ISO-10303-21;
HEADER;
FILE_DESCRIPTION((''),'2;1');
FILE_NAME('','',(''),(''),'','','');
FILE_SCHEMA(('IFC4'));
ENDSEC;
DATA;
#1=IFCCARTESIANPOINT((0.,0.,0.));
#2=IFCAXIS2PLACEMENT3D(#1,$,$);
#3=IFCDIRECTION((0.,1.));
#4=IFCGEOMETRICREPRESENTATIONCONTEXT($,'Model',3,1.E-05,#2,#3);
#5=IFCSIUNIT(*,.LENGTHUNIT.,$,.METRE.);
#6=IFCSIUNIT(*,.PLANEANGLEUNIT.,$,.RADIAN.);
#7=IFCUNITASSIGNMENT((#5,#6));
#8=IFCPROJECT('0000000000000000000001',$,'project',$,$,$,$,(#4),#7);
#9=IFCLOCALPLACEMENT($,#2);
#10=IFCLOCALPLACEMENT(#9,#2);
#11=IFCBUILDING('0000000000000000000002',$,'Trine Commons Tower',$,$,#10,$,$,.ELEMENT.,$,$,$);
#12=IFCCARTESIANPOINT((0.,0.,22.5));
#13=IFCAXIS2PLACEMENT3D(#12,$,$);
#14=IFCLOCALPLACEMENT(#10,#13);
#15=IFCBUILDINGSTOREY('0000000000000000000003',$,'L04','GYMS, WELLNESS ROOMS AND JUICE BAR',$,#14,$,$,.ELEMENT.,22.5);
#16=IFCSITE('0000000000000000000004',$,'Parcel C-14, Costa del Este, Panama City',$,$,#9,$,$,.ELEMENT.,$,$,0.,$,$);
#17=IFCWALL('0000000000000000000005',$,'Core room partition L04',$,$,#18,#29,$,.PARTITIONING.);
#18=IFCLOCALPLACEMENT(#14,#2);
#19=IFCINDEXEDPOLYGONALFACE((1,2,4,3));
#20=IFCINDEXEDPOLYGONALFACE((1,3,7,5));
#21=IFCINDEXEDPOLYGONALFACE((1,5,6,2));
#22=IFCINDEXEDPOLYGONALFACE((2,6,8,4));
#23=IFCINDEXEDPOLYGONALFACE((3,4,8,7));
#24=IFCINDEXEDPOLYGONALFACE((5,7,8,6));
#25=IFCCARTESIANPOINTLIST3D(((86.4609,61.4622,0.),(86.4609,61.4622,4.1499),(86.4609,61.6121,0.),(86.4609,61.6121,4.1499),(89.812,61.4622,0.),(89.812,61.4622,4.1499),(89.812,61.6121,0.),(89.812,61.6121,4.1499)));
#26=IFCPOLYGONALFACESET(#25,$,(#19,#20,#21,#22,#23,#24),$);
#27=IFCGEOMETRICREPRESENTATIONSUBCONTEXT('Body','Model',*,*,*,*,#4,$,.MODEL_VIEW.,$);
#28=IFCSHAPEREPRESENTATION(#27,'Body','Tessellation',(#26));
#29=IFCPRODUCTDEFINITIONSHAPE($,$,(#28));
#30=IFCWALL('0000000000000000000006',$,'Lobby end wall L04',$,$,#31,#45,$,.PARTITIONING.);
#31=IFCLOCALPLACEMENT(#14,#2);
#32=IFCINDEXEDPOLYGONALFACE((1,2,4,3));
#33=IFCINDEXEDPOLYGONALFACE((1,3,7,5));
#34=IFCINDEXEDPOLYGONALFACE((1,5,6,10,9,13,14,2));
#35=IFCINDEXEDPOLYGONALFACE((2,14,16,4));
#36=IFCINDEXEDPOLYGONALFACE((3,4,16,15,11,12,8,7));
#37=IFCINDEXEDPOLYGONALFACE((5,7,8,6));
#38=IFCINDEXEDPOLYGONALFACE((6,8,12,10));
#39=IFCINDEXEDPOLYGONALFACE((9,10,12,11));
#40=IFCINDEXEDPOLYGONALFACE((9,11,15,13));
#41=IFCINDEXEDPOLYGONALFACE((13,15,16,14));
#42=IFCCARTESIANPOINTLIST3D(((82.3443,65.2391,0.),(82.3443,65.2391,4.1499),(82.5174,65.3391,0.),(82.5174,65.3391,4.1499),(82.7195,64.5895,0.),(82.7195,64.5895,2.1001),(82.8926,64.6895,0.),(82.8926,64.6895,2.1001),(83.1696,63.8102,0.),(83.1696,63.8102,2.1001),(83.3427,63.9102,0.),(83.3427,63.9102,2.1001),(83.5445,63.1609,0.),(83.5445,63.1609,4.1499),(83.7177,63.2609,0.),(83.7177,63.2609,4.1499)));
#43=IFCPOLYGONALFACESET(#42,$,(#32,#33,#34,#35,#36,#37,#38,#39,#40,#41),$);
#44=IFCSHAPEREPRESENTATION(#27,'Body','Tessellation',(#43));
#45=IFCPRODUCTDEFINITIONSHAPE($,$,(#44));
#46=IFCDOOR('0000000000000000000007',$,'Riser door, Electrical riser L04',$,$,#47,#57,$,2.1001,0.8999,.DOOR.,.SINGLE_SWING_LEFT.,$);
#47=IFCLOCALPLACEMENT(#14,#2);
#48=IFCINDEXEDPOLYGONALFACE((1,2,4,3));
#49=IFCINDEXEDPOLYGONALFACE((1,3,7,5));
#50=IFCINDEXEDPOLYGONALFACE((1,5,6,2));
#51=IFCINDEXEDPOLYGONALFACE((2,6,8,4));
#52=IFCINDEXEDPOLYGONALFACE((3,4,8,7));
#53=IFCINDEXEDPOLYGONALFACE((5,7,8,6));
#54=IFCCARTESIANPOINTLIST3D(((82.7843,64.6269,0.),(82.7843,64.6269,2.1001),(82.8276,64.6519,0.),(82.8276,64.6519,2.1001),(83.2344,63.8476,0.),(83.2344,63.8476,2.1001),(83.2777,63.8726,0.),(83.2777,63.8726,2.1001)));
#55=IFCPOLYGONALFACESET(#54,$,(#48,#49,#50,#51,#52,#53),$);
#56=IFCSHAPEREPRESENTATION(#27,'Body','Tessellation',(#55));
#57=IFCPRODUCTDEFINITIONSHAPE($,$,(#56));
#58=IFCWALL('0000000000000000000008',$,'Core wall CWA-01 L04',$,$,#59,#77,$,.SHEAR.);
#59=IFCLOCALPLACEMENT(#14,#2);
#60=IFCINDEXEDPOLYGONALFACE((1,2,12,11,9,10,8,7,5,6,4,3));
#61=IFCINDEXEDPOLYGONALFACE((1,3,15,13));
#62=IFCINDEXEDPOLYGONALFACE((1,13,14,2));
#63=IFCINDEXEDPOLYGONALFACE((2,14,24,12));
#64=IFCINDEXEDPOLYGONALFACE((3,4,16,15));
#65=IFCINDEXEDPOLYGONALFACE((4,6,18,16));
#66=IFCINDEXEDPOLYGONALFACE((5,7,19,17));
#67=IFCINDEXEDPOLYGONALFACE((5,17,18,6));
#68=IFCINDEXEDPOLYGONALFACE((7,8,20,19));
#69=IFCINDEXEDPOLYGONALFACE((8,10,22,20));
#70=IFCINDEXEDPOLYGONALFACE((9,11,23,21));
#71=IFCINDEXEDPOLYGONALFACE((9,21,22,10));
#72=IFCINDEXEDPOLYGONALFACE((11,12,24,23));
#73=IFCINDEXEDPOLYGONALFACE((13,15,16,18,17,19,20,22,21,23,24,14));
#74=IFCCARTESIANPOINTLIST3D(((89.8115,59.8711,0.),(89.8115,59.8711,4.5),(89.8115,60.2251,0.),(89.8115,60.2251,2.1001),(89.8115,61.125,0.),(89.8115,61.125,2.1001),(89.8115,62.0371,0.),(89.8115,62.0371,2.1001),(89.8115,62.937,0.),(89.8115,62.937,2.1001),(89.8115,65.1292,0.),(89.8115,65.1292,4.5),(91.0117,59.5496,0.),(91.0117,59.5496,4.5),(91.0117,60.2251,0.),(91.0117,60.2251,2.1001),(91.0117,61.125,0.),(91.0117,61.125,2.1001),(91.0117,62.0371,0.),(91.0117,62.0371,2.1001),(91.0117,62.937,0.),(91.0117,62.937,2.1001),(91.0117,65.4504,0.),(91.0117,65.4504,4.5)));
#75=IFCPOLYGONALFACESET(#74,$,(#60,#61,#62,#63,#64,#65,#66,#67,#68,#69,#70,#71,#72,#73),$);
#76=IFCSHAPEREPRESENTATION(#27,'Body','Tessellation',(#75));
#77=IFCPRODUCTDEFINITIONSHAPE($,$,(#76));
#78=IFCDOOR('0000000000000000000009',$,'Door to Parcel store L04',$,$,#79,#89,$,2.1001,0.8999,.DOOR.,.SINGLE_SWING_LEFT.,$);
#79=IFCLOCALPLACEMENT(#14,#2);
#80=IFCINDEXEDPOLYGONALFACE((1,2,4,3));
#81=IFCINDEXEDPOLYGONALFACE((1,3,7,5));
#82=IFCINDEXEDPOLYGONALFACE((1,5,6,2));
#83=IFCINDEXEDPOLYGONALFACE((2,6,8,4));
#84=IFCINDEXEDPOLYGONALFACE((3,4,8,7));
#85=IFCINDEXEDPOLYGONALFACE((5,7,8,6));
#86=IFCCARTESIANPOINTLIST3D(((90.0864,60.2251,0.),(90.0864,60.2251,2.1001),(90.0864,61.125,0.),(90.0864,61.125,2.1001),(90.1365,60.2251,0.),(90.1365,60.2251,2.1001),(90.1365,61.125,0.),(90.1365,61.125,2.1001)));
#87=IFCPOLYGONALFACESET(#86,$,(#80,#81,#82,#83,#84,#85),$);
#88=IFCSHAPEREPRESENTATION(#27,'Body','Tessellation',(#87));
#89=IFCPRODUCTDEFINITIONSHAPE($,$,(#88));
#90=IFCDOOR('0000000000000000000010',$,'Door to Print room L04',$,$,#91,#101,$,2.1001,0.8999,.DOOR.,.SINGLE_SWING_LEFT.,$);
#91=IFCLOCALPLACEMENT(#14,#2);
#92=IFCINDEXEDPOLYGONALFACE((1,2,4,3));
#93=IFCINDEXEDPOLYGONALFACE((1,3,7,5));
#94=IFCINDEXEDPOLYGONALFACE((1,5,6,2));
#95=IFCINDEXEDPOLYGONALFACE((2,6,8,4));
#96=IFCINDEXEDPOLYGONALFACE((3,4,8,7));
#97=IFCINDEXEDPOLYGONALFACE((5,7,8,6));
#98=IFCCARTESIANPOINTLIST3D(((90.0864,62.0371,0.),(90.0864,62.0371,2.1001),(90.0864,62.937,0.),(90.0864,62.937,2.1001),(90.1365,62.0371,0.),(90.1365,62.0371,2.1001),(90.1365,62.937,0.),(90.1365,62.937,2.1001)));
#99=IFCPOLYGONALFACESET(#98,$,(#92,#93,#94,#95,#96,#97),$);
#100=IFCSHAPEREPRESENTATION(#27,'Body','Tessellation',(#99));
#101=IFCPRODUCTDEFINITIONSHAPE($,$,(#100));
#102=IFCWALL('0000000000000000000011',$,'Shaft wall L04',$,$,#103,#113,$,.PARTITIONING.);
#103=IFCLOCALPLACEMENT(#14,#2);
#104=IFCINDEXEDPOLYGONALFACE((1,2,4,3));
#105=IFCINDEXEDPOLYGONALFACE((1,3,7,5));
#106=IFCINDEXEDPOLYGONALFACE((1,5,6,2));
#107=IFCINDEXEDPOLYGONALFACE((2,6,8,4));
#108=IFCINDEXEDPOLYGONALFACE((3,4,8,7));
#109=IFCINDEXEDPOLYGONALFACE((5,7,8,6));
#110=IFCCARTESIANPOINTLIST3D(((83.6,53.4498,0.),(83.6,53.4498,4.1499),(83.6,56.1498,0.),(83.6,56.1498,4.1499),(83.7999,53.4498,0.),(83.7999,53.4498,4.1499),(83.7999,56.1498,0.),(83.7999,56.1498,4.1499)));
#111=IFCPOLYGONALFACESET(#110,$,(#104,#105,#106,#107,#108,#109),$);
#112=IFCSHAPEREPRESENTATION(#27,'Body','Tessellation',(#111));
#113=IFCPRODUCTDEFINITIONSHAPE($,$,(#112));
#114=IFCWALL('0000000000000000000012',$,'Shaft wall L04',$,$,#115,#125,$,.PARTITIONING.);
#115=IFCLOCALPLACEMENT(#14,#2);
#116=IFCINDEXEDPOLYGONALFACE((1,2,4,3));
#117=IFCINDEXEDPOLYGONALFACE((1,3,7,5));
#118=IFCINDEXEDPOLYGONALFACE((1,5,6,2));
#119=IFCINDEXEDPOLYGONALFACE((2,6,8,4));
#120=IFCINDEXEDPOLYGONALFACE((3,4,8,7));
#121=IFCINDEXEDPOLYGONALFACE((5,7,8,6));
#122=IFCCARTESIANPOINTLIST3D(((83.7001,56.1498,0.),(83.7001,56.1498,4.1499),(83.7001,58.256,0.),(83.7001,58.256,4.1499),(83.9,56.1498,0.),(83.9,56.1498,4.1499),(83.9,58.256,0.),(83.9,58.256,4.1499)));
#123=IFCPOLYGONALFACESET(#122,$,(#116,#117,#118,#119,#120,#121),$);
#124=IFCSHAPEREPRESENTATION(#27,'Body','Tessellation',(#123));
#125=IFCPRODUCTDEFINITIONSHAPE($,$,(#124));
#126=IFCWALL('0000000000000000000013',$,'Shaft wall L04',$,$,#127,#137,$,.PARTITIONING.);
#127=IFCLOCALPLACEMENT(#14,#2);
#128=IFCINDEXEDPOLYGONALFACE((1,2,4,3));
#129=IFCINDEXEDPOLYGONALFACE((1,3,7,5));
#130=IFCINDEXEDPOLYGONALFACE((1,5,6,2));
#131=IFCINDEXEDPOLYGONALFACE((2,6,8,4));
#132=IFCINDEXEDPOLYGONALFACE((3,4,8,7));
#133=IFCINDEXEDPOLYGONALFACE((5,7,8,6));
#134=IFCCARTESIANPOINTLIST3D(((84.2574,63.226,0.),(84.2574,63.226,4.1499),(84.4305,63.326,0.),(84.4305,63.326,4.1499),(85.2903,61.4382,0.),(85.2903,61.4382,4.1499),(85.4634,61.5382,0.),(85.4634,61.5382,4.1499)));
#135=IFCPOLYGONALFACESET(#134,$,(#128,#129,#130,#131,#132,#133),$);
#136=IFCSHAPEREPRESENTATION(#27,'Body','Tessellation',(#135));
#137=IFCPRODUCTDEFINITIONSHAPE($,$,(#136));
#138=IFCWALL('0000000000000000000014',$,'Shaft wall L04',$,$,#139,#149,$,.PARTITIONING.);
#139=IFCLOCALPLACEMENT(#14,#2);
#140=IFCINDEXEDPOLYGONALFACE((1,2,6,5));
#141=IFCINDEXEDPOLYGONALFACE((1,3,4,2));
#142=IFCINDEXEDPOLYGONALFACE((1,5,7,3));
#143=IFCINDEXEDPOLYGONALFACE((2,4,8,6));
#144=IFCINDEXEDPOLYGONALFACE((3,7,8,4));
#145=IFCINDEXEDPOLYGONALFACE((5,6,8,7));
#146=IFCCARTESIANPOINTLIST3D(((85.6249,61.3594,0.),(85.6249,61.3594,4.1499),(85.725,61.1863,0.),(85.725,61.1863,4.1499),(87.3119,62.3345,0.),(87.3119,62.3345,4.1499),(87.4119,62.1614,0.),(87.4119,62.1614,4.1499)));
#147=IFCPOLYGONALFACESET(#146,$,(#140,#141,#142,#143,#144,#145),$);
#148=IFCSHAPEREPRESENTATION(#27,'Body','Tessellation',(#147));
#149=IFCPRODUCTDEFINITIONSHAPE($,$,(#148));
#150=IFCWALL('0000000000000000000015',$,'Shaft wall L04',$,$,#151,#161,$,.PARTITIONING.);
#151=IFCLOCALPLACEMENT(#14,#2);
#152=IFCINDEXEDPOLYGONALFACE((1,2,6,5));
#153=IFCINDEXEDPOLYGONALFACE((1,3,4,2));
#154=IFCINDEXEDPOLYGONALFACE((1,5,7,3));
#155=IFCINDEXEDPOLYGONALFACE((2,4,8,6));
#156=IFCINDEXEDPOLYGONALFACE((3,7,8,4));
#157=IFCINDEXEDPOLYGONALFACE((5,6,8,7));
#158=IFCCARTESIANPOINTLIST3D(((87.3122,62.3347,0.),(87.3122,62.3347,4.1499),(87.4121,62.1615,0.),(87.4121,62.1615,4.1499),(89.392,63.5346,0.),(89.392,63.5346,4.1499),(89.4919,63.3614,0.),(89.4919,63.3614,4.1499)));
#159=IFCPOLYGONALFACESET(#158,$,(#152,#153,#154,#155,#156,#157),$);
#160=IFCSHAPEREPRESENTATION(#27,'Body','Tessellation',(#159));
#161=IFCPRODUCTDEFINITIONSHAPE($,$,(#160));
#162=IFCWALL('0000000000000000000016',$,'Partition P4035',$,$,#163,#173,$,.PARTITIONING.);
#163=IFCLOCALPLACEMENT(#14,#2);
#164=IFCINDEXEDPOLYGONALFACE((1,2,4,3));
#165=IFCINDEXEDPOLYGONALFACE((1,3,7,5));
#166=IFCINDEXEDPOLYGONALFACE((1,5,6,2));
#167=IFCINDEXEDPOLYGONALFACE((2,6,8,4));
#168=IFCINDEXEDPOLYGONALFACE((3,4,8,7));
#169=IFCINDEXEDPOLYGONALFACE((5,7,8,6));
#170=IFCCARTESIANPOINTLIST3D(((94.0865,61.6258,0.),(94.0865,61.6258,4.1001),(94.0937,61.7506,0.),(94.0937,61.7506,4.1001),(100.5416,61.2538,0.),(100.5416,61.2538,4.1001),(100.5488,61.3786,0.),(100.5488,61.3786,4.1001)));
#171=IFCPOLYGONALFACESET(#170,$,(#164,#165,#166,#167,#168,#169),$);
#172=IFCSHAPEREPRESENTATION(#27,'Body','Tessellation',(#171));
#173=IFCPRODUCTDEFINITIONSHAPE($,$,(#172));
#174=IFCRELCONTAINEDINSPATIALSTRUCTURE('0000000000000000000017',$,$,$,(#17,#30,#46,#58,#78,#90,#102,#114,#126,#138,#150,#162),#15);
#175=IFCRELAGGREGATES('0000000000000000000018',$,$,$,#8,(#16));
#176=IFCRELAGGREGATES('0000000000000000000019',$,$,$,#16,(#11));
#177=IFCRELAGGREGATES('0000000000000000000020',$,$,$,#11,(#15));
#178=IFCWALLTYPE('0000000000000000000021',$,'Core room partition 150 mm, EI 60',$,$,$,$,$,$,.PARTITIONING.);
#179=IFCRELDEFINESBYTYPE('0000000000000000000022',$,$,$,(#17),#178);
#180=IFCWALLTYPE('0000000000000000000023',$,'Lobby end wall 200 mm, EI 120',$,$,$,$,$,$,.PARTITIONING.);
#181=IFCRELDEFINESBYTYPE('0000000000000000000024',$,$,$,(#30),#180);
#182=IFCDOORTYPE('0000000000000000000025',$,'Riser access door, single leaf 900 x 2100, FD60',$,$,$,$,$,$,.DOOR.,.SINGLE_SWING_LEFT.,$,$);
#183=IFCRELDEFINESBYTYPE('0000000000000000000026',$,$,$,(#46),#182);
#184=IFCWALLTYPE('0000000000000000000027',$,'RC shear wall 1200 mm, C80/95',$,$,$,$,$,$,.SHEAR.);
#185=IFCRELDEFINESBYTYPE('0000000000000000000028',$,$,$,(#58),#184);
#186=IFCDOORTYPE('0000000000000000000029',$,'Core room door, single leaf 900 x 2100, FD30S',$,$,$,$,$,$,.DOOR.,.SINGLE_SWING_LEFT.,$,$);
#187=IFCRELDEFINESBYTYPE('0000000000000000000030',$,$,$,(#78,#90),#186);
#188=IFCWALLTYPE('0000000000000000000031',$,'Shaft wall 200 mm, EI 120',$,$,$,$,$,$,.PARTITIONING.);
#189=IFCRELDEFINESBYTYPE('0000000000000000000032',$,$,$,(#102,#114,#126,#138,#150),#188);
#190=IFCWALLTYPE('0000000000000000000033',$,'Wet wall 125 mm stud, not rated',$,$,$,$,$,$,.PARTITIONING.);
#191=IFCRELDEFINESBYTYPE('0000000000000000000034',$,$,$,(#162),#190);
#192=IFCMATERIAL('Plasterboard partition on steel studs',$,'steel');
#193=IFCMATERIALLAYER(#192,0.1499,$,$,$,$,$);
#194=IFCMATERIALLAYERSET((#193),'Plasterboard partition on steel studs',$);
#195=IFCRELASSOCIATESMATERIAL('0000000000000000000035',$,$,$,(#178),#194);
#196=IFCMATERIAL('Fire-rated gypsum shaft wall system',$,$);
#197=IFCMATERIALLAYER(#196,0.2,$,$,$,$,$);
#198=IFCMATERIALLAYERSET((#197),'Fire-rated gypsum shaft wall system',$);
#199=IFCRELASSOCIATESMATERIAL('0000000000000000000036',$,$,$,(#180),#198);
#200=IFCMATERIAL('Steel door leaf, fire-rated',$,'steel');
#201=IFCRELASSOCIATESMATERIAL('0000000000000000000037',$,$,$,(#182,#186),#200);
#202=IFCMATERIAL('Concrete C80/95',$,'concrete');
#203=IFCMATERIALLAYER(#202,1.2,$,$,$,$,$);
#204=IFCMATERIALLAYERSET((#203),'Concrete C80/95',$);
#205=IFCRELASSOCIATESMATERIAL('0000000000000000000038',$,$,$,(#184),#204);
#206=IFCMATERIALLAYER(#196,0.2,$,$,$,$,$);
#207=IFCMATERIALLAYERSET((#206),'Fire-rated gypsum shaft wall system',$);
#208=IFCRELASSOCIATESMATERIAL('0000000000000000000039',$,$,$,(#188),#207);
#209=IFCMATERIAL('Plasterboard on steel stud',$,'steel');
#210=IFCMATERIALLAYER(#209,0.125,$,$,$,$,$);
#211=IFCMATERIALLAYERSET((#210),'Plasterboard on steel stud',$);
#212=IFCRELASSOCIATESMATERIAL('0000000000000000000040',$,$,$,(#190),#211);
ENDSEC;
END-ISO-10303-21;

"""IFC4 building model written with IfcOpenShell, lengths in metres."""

from ifc_helpers import new_model, si_unit, direction, frame, frame_2d, origin, place, context, subcontext, project, spatial, polyline, rectangle, outline, extrude, material, layer, layer_set, type_object, element, fill, save


model = new_model("IFC4")

# Units and contexts
model_context = context("Model", 3, precision=1e-05, world=origin(), true_north=direction((0.0, 1.0)))
body_context = subcontext(model_context, "Body", "Model", "MODEL_VIEW")
ifc_project = project(units=[si_unit("LENGTHUNIT", "METRE"), si_unit("PLANEANGLEUNIT", "RADIAN")], contexts=[model_context])

# Site, building, storey
site_placement = place(None, origin())
site = spatial("IfcSite", under=ifc_project, at=site_placement, Name="Parcel C-14, Costa del Este, Panama City", CompositionType="ELEMENT", RefElevation=0.0)
building_placement = place(site_placement, origin())
building = spatial("IfcBuilding", under=site, at=building_placement, Name="Trine Commons Tower", CompositionType="ELEMENT")
storey_placement = place(building_placement, frame((0.0, 0.0, 22.5)))
storey = spatial("IfcBuildingStorey", under=building, at=storey_placement, Name="L04", Description="GYMS, WELLNESS ROOMS AND JUICE BAR", CompositionType="ELEMENT", Elevation=22.5)

# Shared definitions
ifc_material_1 = material(Name="Concrete C80/95", Category="concrete")

# Shared definitions
ifc_material_2 = material(Name="Plasterboard on steel stud", Category="steel")

# Wall
ifc_material_3 = material(Name="Plasterboard partition on steel studs", Category="steel")
ifc_layer_1 = layer(ifc_material_3, 0.1499)
ifc_layer_set_1 = layer_set([ifc_layer_1], Name="Plasterboard partition on steel studs")
wall_type_1 = type_object("IfcWallType", Name="Core room partition 150 mm, EI 60", PredefinedType="PARTITIONING", material=ifc_layer_set_1)
wall_1_placement = place(storey_placement, frame((89.812, 61.5371, 0.0), z_axis=(0.0, 0.0, 1.0), x_axis=(-1.0, 0.0, 0.0)))
element("IfcWall", 1, at=wall_1_placement, inside=storey, type_object=wall_type_1, Name="Core room partition L04", PredefinedType="PARTITIONING", context=body_context, shape_type="SweptSolid", body=[
    extrude(rectangle(XDim=3.3511, YDim=0.1499, at=frame_2d((1.6755, 0.0))), origin(), (0.0, 0.0, 1.0), 4.1499),
])

# Wall, opening, door
ifc_material_4 = material(Name="Fire-rated gypsum shaft wall system")
ifc_layer_2 = layer(ifc_material_4, 0.2)
ifc_layer_set_2 = layer_set([ifc_layer_2], Name="Fire-rated gypsum shaft wall system")
wall_type_2 = type_object("IfcWallType", Name="Lobby end wall 200 mm, EI 120", PredefinedType="PARTITIONING", material=ifc_layer_set_2)
wall_2_placement = place(storey_placement, frame((83.6311, 63.2109, 0.0), z_axis=(0.0, 0.0, 1.0), x_axis=(-0.500122, 0.865955, 0.0)))
wall_2 = element("IfcWall", 2, at=wall_2_placement, inside=storey, type_object=wall_type_2, Name="Lobby end wall L04", PredefinedType="PARTITIONING", context=body_context, shape_type="SweptSolid", body=[
    extrude(rectangle(XDim=2.3999, YDim=0.2, at=frame_2d((1.2, 0.0))), origin(), (0.0, 0.0, 1.0), 4.1499),
])
opening_1_placement = place(wall_2_placement, frame((0.7498, 0.0, 0.0)))
opening_1 = element("IfcOpeningElement", 3, at=opening_1_placement, cuts=wall_2, PredefinedType="OPENING", context=body_context, shape_type="SweptSolid", body=[
    extrude(rectangle(XDim=0.8999, YDim=2.1001, at=frame_2d((0.45, 1.05))), frame((0.0, 0.1099, 0.0), z_axis=(0.0, -1.0, 0.0), x_axis=(1.0, 0.0, 0.0)), (0.0, 0.0, 1.0), 0.22),
])
ifc_material_5 = material(Name="Steel door leaf, fire-rated", Category="steel")
door_type_1 = type_object("IfcDoorType", Name="Riser access door, single leaf 900 x 2100, FD60", OperationType="SINGLE_SWING_LEFT", PredefinedType="DOOR", material=ifc_material_5)
door_1_placement = place(opening_1_placement, frame((0.8999, 0.0, 0.0), z_axis=(0.0, 0.0, 1.0), x_axis=(-1.0, 0.0, 0.0)))
door_1 = element("IfcDoor", 4, at=door_1_placement, inside=storey, type_object=door_type_1, Name="Riser door, Electrical riser L04", OperationType="SINGLE_SWING_LEFT", OverallHeight=2.1001, OverallWidth=0.8999, PredefinedType="DOOR", context=body_context, shape_type="SweptSolid", body=[
    extrude(rectangle(XDim=0.8999, YDim=2.1001, at=frame_2d((0.45, 1.05))), frame((0.0, 0.0249, 0.0), z_axis=(0.0, -1.0, 0.0), x_axis=(1.0, 0.0, 0.0)), (0.0, 0.0, 1.0), 0.05),
])
fill(opening_1, door_1)

# Wall, openings, doors
ifc_layer_3 = layer(ifc_material_1, 1.2)
ifc_layer_set_3 = layer_set([ifc_layer_3], Name="Concrete C80/95")
wall_type_3 = type_object("IfcWallType", Name="RC shear wall 1200 mm, C80/95", PredefinedType="SHEAR", material=ifc_layer_set_3)
wall_3_placement = place(storey_placement, frame((90.4116, 59.5496, 0.0), z_axis=(0.0, 0.0, 1.0), x_axis=(0.0, 1.0, 0.0)))
wall_3 = element("IfcWall", 5, at=wall_3_placement, inside=storey, type_object=wall_type_3, Name="Core wall CWA-01 L04", PredefinedType="SHEAR", context=body_context, shape_type="SweptSolid", body=[
    extrude(outline(polyline([(0.0, -0.6001), (5.9009, -0.6001), (5.5796, 0.6001), (0.3215, 0.6001), (0.0, -0.6001)])), origin(), (0.0, 0.0, 1.0), 4.5),
])
opening_2_placement = place(wall_3_placement, frame((0.6755, 0.0, 0.0)))
opening_2 = element("IfcOpeningElement", 6, at=opening_2_placement, cuts=wall_3, PredefinedType="OPENING", context=body_context, shape_type="SweptSolid", body=[
    extrude(rectangle(XDim=0.8999, YDim=2.1001, at=frame_2d((0.45, 1.05))), frame((0.0, 0.6099, 0.0), z_axis=(0.0, -1.0, 0.0), x_axis=(1.0, 0.0, 0.0)), (0.0, 0.0, 1.0), 1.22),
])
opening_3_placement = place(wall_3_placement, frame((2.4875, 0.0, 0.0)))
opening_3 = element("IfcOpeningElement", 7, at=opening_3_placement, cuts=wall_3, PredefinedType="OPENING", context=body_context, shape_type="SweptSolid", body=[
    extrude(rectangle(XDim=0.8999, YDim=2.1001, at=frame_2d((0.45, 1.05))), frame((0.0, 0.6099, 0.0), z_axis=(0.0, -1.0, 0.0), x_axis=(1.0, 0.0, 0.0)), (0.0, 0.0, 1.0), 1.22),
])
door_type_2 = type_object("IfcDoorType", Name="Core room door, single leaf 900 x 2100, FD30S", OperationType="SINGLE_SWING_LEFT", PredefinedType="DOOR", material=ifc_material_5)
door_2_placement = place(opening_2_placement, origin())
door_2 = element("IfcDoor", 8, at=door_2_placement, inside=storey, type_object=door_type_2, Name="Door to Parcel store L04", OperationType="SINGLE_SWING_LEFT", OverallHeight=2.1001, OverallWidth=0.8999, PredefinedType="DOOR", context=body_context, shape_type="SweptSolid", body=[
    extrude(rectangle(XDim=0.8999, YDim=2.1001, at=frame_2d((0.45, 1.05))), frame((0.0, 0.3252, 0.0), z_axis=(0.0, -1.0, 0.0), x_axis=(1.0, 0.0, 0.0)), (0.0, 0.0, 1.0), 0.05),
])
fill(opening_2, door_2)
door_3_placement = place(opening_3_placement, origin())
door_3 = element("IfcDoor", 9, at=door_3_placement, inside=storey, type_object=door_type_2, Name="Door to Print room L04", OperationType="SINGLE_SWING_LEFT", OverallHeight=2.1001, OverallWidth=0.8999, PredefinedType="DOOR", context=body_context, shape_type="SweptSolid", body=[
    extrude(rectangle(XDim=0.8999, YDim=2.1001, at=frame_2d((0.45, 1.05))), frame((0.0, 0.3252, 0.0), z_axis=(0.0, -1.0, 0.0), x_axis=(1.0, 0.0, 0.0)), (0.0, 0.0, 1.0), 0.05),
])
fill(opening_3, door_3)

# Walls
ifc_layer_4 = layer(ifc_material_4, 0.2)
ifc_layer_set_4 = layer_set([ifc_layer_4], Name="Fire-rated gypsum shaft wall system")
wall_type_4 = type_object("IfcWallType", Name="Shaft wall 200 mm, EI 120", PredefinedType="PARTITIONING", material=ifc_layer_set_4)
wall_4_placement = place(storey_placement, frame((83.7, 56.1499, 0.0), z_axis=(0.0, 0.0, 1.0), x_axis=(0.0, -1.0, 0.0)))
element("IfcWall", 10, at=wall_4_placement, inside=storey, type_object=wall_type_4, Name="Shaft wall L04", PredefinedType="PARTITIONING", context=body_context, shape_type="SweptSolid", body=[
    extrude(rectangle(XDim=2.7, YDim=0.2, at=frame_2d((1.3501, 0.0))), origin(), (0.0, 0.0, 1.0), 4.1499),
])
wall_5_placement = place(storey_placement, frame((83.8, 58.2561, 0.0), z_axis=(0.0, 0.0, 1.0), x_axis=(0.0, -1.0, 0.0)))
element("IfcWall", 11, at=wall_5_placement, inside=storey, type_object=wall_type_4, Name="Shaft wall L04", PredefinedType="PARTITIONING", context=body_context, shape_type="SweptSolid", body=[
    extrude(rectangle(XDim=2.1062, YDim=0.2, at=frame_2d((1.0532, 0.0))), origin(), (0.0, 0.0, 1.0), 4.1499),
])
wall_6_placement = place(storey_placement, frame((84.344, 63.2759, 0.0), z_axis=(0.0, 0.0, 1.0), x_axis=(0.500272, -0.865868, 0.0)))
element("IfcWall", 12, at=wall_6_placement, inside=storey, type_object=wall_type_4, Name="Shaft wall L04", PredefinedType="PARTITIONING", context=body_context, shape_type="SweptSolid", body=[
    extrude(rectangle(XDim=2.0647, YDim=0.2, at=frame_2d((1.0322, 0.0))), origin(), (0.0, 0.0, 1.0), 4.1499),
])
wall_7_placement = place(storey_placement, frame((85.675, 61.2729, 0.0), z_axis=(0.0, 0.0, 1.0), x_axis=(0.865781, 0.500424, 0.0)))
element("IfcWall", 13, at=wall_7_placement, inside=storey, type_object=wall_type_4, Name="Shaft wall L04", PredefinedType="PARTITIONING", context=body_context, shape_type="SweptSolid", body=[
    extrude(rectangle(XDim=1.9485, YDim=0.2, at=frame_2d((0.9741, 0.0))), origin(), (0.0, 0.0, 1.0), 4.1499),
])
wall_8_placement = place(storey_placement, frame((87.3621, 62.248, 0.0), z_axis=(0.0, 0.0, 1.0), x_axis=(0.866177, 0.499737, 0.0)))
element("IfcWall", 14, at=wall_8_placement, inside=storey, type_object=wall_type_4, Name="Shaft wall L04", PredefinedType="PARTITIONING", context=body_context, shape_type="SweptSolid", body=[
    extrude(rectangle(XDim=2.4011, YDim=0.2, at=frame_2d((1.2007, 0.0))), origin(), (0.0, 0.0, 1.0), 4.1499),
])
ifc_layer_5 = layer(ifc_material_2, 0.125)
ifc_layer_set_5 = layer_set([ifc_layer_5], Name="Plasterboard on steel stud")
wall_type_5 = type_object("IfcWallType", Name="Wet wall 125 mm stud, not rated", PredefinedType="PARTITIONING", material=ifc_layer_set_5)
wall_9_placement = place(storey_placement, frame((94.0901, 61.6882, 0.0), z_axis=(0.0, 0.0, 1.0), x_axis=(0.998343, -0.057544, 0.0)))
element("IfcWall", 15, at=wall_9_placement, inside=storey, type_object=wall_type_5, Name="Partition P4035", PredefinedType="PARTITIONING", context=body_context, shape_type="SweptSolid", body=[
    extrude(rectangle(XDim=6.4658, YDim=0.125, at=frame_2d((3.2329, 0.0))), origin(), (0.0, 0.0, 1.0), 4.1001),
])

save(model, "model.ifc")
